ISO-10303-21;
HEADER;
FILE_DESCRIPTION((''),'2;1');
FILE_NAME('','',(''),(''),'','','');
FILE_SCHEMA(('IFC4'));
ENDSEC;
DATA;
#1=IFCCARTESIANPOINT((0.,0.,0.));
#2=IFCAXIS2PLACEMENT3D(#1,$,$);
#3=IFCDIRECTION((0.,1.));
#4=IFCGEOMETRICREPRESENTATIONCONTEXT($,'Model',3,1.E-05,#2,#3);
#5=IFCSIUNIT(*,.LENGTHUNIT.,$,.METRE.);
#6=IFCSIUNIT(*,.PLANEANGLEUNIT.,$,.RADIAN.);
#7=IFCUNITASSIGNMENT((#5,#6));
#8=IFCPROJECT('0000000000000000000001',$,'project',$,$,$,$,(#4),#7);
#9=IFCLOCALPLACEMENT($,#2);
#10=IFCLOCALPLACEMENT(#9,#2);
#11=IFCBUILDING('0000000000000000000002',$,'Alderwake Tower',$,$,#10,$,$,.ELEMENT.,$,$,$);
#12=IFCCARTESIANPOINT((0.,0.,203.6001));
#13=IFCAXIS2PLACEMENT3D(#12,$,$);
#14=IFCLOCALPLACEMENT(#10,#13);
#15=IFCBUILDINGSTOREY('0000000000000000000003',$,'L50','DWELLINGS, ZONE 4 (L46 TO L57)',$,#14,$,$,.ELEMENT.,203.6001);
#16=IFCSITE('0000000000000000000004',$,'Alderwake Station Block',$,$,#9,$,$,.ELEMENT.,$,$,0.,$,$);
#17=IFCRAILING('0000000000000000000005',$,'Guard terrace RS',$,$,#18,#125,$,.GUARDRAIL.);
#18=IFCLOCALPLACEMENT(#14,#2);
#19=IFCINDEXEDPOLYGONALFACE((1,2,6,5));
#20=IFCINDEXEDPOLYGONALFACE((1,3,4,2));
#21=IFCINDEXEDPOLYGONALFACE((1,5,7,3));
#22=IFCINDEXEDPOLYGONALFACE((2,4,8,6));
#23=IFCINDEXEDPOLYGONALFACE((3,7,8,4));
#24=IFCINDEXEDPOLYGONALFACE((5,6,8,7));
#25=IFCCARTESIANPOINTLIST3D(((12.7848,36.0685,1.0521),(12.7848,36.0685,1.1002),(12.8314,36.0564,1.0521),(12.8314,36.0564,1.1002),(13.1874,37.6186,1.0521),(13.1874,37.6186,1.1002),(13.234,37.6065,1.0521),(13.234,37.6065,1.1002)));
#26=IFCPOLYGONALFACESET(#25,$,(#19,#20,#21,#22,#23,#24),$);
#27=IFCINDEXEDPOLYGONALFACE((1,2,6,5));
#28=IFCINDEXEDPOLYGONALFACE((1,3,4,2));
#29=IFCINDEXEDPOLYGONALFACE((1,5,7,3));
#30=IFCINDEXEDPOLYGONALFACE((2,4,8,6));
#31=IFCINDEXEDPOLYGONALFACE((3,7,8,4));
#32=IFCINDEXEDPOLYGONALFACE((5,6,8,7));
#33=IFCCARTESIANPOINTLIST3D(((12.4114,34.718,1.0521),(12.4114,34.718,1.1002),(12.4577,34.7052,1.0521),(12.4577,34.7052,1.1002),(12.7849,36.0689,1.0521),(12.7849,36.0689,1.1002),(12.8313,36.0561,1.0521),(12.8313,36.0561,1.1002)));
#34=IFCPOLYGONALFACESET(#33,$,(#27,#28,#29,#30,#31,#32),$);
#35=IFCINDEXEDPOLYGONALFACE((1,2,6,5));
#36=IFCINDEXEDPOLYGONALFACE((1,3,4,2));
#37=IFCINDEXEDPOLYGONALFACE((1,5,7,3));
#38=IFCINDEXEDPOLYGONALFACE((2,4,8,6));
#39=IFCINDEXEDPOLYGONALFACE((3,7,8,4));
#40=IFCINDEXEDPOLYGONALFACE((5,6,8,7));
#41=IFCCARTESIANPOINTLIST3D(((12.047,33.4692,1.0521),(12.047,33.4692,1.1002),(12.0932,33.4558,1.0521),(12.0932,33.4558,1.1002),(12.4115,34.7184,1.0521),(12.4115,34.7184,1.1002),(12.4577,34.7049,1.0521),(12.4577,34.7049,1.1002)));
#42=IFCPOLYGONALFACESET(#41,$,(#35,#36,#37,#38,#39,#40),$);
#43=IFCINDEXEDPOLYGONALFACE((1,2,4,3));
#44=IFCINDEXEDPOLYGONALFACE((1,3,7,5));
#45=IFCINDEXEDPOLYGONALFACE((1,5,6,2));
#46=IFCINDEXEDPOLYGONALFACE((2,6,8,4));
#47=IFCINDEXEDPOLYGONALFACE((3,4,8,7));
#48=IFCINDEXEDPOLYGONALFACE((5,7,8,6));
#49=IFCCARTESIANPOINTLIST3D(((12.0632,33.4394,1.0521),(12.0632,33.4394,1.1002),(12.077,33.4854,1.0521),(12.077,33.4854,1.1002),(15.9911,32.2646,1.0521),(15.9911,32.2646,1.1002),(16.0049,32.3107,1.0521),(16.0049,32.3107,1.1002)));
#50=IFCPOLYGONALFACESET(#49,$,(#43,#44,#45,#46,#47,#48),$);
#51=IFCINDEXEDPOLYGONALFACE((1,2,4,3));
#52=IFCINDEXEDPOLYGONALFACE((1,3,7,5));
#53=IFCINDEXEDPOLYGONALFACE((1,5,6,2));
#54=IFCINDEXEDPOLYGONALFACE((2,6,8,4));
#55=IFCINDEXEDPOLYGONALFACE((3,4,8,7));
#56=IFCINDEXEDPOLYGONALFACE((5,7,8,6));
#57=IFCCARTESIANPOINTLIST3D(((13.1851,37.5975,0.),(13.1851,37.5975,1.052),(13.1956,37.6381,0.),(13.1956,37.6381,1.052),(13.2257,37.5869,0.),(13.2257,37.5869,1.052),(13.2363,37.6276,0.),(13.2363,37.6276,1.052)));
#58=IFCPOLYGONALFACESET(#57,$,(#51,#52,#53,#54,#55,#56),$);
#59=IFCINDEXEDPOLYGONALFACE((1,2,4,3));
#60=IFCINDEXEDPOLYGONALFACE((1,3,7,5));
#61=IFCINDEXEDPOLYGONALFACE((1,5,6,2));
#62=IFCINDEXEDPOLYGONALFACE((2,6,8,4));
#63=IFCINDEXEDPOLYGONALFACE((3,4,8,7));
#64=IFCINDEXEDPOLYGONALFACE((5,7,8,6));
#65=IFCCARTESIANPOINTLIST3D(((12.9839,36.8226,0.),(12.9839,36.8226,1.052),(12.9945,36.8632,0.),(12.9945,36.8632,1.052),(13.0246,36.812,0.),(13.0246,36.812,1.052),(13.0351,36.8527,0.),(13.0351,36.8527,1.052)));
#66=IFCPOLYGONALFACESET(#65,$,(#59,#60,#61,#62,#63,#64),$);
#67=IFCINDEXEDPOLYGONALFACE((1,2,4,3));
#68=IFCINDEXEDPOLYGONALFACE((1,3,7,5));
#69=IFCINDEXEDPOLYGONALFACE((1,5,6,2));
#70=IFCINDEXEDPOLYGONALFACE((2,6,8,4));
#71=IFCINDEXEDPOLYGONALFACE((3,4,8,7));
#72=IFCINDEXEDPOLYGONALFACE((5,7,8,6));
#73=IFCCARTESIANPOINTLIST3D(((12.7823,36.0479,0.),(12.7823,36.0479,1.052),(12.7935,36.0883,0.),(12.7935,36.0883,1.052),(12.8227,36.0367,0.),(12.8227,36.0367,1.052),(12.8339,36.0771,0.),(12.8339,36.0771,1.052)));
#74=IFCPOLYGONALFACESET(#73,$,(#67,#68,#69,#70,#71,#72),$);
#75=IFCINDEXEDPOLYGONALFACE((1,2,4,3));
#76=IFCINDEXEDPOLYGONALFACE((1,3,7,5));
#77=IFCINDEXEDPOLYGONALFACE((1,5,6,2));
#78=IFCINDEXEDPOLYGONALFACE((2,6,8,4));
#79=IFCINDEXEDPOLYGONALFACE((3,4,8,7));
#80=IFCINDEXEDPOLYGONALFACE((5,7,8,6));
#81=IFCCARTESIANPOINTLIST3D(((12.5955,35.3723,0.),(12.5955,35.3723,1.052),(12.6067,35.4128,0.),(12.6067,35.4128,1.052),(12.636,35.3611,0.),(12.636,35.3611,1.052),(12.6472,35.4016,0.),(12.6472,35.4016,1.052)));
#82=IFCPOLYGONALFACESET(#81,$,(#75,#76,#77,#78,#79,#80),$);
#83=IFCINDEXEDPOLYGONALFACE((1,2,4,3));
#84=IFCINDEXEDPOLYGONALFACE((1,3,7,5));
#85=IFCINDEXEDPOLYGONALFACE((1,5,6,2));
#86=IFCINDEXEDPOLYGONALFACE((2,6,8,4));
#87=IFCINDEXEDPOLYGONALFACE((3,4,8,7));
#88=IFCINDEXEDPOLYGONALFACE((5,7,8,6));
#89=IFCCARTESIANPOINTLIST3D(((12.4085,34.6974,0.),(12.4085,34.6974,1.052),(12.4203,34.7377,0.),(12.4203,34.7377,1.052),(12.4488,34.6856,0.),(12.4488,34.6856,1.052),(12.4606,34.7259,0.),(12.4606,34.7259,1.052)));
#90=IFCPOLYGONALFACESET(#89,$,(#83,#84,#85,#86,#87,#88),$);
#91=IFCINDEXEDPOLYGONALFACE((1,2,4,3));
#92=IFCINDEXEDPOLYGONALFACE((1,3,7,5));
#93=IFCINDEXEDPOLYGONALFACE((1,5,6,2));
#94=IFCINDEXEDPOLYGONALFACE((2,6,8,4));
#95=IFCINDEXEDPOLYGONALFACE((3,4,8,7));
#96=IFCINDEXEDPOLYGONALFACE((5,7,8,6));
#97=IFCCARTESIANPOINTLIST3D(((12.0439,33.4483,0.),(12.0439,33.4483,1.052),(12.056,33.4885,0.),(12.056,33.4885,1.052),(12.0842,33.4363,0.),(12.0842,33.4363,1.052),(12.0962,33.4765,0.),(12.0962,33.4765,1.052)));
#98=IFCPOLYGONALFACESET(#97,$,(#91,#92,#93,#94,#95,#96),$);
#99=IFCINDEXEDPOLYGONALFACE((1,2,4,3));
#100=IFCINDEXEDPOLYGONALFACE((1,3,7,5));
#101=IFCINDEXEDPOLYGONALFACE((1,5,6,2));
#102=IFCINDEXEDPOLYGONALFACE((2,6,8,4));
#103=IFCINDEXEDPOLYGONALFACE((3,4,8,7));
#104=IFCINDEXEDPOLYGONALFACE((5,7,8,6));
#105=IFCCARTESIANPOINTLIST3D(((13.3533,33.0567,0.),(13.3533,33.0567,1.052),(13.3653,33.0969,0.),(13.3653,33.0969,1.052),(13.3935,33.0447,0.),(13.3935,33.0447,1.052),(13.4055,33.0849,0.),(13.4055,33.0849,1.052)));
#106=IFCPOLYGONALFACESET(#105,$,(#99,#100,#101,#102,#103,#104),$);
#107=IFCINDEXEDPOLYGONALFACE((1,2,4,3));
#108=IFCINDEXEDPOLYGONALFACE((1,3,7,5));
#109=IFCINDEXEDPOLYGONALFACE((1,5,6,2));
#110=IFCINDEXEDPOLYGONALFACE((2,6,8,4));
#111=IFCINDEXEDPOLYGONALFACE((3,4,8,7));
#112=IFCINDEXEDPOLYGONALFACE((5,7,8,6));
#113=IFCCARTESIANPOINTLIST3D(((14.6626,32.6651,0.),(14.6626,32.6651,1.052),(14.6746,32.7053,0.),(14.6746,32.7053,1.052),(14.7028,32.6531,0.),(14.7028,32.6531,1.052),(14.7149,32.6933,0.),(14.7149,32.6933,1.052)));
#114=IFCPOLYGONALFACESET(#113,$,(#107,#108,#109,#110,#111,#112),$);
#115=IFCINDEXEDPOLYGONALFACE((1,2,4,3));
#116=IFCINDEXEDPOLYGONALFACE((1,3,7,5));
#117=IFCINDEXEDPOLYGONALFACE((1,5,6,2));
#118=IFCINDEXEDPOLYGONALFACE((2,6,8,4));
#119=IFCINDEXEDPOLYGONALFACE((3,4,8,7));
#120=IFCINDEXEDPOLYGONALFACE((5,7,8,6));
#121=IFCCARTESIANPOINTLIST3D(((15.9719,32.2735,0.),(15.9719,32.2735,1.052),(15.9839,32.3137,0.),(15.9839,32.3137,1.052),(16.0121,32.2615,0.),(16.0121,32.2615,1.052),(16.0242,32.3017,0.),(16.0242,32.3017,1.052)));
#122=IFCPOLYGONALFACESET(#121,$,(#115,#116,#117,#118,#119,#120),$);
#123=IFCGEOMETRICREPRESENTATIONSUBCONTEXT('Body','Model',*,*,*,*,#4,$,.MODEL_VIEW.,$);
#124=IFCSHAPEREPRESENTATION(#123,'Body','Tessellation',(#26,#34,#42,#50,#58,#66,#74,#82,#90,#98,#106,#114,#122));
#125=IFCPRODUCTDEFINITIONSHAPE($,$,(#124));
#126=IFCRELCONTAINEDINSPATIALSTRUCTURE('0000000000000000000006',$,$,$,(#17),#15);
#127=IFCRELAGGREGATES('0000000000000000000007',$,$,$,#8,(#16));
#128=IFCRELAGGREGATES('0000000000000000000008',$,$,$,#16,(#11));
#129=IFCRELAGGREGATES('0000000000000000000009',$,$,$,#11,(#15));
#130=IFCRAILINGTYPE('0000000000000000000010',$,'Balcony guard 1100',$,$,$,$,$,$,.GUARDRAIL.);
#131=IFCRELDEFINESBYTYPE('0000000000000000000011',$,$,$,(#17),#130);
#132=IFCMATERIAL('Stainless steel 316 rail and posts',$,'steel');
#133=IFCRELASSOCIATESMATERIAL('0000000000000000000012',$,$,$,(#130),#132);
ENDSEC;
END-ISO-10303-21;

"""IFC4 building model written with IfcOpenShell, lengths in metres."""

from ifc_helpers import new_model, si_unit, direction, frame, origin, origin_2d, place, context, subcontext, project, spatial, rectangle, extrude, material, type_object, element, save


model = new_model("IFC4")

# Units and contexts
model_context = context("Model", 3, precision=1e-05, world=origin(), true_north=direction((0.0, 1.0)))
body_context = subcontext(model_context, "Body", "Model", "MODEL_VIEW")
ifc_project = project(units=[si_unit("LENGTHUNIT", "METRE"), si_unit("PLANEANGLEUNIT", "RADIAN")], contexts=[model_context])

# Site, building, storey
site_placement = place(None, origin())
site = spatial("IfcSite", under=ifc_project, at=site_placement, Name="Alderwake Station Block", CompositionType="ELEMENT", RefElevation=0.0)
building_placement = place(site_placement, origin())
building = spatial("IfcBuilding", under=site, at=building_placement, Name="Alderwake Tower", CompositionType="ELEMENT")
storey_placement = place(building_placement, frame((0.0, 0.0, 203.6001)))
storey = spatial("IfcBuildingStorey", under=building, at=storey_placement, Name="L50", Description="DWELLINGS, ZONE 4 (L46 TO L57)", CompositionType="ELEMENT", Elevation=203.6001)

# Railing
ifc_material_1 = material(Name="Stainless steel 316 rail and posts", Category="steel")
railing_type = type_object("IfcRailingType", Name="Balcony guard 1100", PredefinedType="GUARDRAIL", material=ifc_material_1)
railing_placement = place(storey_placement, frame((13.2107, 37.6125, 0.0)))
element("IfcRailing", 1, at=railing_placement, inside=storey, type_object=railing_type, Name="Guard terrace RS", PredefinedType="GUARDRAIL", context=body_context, shape_type="SweptSolid", body=[
    extrude(rectangle(XDim=0.0481, YDim=0.0481, at=origin_2d()), frame((0.0, 0.0, 1.0762), z_axis=(-0.251385, -0.967887, 0.0), x_axis=(0.967887, -0.251385, 0.0)), (0.0, 0.0, 1.0), 1.6016),
    extrude(rectangle(XDim=0.0481, YDim=0.0481, at=origin_2d()), frame((-0.4026, -1.55, 1.0762), z_axis=(-0.266521, -0.963829, 0.0), x_axis=(0.963829, -0.266521, 0.0)), (0.0, 0.0, 1.0), 1.4016),
    extrude(rectangle(XDim=0.0481, YDim=0.0481, at=origin_2d()), frame((-0.7761, -2.9009, 1.0762), z_axis=(-0.280094, -0.959973, 0.0), x_axis=(0.959973, -0.280094, 0.0)), (0.0, 0.0, 1.0), 1.3013),
    extrude(rectangle(XDim=0.0481, YDim=0.0481, at=origin_2d()), frame((-1.1406, -4.1501, 1.0762), z_axis=(0.958067, -0.286545, 0.0), x_axis=(0.286545, 0.958067, 0.0)), (0.0, 0.0, 1.0), 4.0999),
    extrude(rectangle(XDim=0.042, YDim=0.042, at=origin_2d()), frame((0.0, 0.0, 0.0), z_axis=(0.0, 0.0, 1.0), x_axis=(-0.251385, -0.967887, 0.0)), (0.0, 0.0, 1.0), 1.052),
    extrude(rectangle(XDim=0.042, YDim=0.042, at=origin_2d()), frame((-0.2012, -0.7749, 0.0), z_axis=(0.0, 0.0, 1.0), x_axis=(-0.251385, -0.967887, 0.0)), (0.0, 0.0, 1.0), 1.052),
    extrude(rectangle(XDim=0.042, YDim=0.042, at=origin_2d()), frame((-0.4026, -1.55, 0.0), z_axis=(0.0, 0.0, 1.0), x_axis=(-0.266521, -0.963829, 0.0)), (0.0, 0.0, 1.0), 1.052),
    extrude(rectangle(XDim=0.042, YDim=0.042, at=origin_2d()), frame((-0.5894, -2.2256, 0.0), z_axis=(0.0, 0.0, 1.0), x_axis=(-0.266521, -0.963829, 0.0)), (0.0, 0.0, 1.0), 1.052),
    extrude(rectangle(XDim=0.042, YDim=0.042, at=origin_2d()), frame((-0.7761, -2.9009, 0.0), z_axis=(0.0, 0.0, 1.0), x_axis=(-0.280094, -0.959973, 0.0)), (0.0, 0.0, 1.0), 1.052),
    extrude(rectangle(XDim=0.042, YDim=0.042, at=origin_2d()), frame((-1.1406, -4.1501, 0.0), z_axis=(0.0, 0.0, 1.0), x_axis=(0.958067, -0.286545, 0.0)), (0.0, 0.0, 1.0), 1.052),
    extrude(rectangle(XDim=0.042, YDim=0.042, at=origin_2d()), frame((0.1687, -4.5417, 0.0), z_axis=(0.0, 0.0, 1.0), x_axis=(0.958067, -0.286545, 0.0)), (0.0, 0.0, 1.0), 1.052),
    extrude(rectangle(XDim=0.042, YDim=0.042, at=origin_2d()), frame((1.478, -4.9333, 0.0), z_axis=(0.0, 0.0, 1.0), x_axis=(0.958067, -0.286545, 0.0)), (0.0, 0.0, 1.0), 1.052),
    extrude(rectangle(XDim=0.042, YDim=0.042, at=origin_2d()), frame((2.7874, -5.325, 0.0), z_axis=(0.0, 0.0, 1.0), x_axis=(0.958067, -0.286545, 0.0)), (0.0, 0.0, 1.0), 1.052),
])

save(model, "model.ifc")
